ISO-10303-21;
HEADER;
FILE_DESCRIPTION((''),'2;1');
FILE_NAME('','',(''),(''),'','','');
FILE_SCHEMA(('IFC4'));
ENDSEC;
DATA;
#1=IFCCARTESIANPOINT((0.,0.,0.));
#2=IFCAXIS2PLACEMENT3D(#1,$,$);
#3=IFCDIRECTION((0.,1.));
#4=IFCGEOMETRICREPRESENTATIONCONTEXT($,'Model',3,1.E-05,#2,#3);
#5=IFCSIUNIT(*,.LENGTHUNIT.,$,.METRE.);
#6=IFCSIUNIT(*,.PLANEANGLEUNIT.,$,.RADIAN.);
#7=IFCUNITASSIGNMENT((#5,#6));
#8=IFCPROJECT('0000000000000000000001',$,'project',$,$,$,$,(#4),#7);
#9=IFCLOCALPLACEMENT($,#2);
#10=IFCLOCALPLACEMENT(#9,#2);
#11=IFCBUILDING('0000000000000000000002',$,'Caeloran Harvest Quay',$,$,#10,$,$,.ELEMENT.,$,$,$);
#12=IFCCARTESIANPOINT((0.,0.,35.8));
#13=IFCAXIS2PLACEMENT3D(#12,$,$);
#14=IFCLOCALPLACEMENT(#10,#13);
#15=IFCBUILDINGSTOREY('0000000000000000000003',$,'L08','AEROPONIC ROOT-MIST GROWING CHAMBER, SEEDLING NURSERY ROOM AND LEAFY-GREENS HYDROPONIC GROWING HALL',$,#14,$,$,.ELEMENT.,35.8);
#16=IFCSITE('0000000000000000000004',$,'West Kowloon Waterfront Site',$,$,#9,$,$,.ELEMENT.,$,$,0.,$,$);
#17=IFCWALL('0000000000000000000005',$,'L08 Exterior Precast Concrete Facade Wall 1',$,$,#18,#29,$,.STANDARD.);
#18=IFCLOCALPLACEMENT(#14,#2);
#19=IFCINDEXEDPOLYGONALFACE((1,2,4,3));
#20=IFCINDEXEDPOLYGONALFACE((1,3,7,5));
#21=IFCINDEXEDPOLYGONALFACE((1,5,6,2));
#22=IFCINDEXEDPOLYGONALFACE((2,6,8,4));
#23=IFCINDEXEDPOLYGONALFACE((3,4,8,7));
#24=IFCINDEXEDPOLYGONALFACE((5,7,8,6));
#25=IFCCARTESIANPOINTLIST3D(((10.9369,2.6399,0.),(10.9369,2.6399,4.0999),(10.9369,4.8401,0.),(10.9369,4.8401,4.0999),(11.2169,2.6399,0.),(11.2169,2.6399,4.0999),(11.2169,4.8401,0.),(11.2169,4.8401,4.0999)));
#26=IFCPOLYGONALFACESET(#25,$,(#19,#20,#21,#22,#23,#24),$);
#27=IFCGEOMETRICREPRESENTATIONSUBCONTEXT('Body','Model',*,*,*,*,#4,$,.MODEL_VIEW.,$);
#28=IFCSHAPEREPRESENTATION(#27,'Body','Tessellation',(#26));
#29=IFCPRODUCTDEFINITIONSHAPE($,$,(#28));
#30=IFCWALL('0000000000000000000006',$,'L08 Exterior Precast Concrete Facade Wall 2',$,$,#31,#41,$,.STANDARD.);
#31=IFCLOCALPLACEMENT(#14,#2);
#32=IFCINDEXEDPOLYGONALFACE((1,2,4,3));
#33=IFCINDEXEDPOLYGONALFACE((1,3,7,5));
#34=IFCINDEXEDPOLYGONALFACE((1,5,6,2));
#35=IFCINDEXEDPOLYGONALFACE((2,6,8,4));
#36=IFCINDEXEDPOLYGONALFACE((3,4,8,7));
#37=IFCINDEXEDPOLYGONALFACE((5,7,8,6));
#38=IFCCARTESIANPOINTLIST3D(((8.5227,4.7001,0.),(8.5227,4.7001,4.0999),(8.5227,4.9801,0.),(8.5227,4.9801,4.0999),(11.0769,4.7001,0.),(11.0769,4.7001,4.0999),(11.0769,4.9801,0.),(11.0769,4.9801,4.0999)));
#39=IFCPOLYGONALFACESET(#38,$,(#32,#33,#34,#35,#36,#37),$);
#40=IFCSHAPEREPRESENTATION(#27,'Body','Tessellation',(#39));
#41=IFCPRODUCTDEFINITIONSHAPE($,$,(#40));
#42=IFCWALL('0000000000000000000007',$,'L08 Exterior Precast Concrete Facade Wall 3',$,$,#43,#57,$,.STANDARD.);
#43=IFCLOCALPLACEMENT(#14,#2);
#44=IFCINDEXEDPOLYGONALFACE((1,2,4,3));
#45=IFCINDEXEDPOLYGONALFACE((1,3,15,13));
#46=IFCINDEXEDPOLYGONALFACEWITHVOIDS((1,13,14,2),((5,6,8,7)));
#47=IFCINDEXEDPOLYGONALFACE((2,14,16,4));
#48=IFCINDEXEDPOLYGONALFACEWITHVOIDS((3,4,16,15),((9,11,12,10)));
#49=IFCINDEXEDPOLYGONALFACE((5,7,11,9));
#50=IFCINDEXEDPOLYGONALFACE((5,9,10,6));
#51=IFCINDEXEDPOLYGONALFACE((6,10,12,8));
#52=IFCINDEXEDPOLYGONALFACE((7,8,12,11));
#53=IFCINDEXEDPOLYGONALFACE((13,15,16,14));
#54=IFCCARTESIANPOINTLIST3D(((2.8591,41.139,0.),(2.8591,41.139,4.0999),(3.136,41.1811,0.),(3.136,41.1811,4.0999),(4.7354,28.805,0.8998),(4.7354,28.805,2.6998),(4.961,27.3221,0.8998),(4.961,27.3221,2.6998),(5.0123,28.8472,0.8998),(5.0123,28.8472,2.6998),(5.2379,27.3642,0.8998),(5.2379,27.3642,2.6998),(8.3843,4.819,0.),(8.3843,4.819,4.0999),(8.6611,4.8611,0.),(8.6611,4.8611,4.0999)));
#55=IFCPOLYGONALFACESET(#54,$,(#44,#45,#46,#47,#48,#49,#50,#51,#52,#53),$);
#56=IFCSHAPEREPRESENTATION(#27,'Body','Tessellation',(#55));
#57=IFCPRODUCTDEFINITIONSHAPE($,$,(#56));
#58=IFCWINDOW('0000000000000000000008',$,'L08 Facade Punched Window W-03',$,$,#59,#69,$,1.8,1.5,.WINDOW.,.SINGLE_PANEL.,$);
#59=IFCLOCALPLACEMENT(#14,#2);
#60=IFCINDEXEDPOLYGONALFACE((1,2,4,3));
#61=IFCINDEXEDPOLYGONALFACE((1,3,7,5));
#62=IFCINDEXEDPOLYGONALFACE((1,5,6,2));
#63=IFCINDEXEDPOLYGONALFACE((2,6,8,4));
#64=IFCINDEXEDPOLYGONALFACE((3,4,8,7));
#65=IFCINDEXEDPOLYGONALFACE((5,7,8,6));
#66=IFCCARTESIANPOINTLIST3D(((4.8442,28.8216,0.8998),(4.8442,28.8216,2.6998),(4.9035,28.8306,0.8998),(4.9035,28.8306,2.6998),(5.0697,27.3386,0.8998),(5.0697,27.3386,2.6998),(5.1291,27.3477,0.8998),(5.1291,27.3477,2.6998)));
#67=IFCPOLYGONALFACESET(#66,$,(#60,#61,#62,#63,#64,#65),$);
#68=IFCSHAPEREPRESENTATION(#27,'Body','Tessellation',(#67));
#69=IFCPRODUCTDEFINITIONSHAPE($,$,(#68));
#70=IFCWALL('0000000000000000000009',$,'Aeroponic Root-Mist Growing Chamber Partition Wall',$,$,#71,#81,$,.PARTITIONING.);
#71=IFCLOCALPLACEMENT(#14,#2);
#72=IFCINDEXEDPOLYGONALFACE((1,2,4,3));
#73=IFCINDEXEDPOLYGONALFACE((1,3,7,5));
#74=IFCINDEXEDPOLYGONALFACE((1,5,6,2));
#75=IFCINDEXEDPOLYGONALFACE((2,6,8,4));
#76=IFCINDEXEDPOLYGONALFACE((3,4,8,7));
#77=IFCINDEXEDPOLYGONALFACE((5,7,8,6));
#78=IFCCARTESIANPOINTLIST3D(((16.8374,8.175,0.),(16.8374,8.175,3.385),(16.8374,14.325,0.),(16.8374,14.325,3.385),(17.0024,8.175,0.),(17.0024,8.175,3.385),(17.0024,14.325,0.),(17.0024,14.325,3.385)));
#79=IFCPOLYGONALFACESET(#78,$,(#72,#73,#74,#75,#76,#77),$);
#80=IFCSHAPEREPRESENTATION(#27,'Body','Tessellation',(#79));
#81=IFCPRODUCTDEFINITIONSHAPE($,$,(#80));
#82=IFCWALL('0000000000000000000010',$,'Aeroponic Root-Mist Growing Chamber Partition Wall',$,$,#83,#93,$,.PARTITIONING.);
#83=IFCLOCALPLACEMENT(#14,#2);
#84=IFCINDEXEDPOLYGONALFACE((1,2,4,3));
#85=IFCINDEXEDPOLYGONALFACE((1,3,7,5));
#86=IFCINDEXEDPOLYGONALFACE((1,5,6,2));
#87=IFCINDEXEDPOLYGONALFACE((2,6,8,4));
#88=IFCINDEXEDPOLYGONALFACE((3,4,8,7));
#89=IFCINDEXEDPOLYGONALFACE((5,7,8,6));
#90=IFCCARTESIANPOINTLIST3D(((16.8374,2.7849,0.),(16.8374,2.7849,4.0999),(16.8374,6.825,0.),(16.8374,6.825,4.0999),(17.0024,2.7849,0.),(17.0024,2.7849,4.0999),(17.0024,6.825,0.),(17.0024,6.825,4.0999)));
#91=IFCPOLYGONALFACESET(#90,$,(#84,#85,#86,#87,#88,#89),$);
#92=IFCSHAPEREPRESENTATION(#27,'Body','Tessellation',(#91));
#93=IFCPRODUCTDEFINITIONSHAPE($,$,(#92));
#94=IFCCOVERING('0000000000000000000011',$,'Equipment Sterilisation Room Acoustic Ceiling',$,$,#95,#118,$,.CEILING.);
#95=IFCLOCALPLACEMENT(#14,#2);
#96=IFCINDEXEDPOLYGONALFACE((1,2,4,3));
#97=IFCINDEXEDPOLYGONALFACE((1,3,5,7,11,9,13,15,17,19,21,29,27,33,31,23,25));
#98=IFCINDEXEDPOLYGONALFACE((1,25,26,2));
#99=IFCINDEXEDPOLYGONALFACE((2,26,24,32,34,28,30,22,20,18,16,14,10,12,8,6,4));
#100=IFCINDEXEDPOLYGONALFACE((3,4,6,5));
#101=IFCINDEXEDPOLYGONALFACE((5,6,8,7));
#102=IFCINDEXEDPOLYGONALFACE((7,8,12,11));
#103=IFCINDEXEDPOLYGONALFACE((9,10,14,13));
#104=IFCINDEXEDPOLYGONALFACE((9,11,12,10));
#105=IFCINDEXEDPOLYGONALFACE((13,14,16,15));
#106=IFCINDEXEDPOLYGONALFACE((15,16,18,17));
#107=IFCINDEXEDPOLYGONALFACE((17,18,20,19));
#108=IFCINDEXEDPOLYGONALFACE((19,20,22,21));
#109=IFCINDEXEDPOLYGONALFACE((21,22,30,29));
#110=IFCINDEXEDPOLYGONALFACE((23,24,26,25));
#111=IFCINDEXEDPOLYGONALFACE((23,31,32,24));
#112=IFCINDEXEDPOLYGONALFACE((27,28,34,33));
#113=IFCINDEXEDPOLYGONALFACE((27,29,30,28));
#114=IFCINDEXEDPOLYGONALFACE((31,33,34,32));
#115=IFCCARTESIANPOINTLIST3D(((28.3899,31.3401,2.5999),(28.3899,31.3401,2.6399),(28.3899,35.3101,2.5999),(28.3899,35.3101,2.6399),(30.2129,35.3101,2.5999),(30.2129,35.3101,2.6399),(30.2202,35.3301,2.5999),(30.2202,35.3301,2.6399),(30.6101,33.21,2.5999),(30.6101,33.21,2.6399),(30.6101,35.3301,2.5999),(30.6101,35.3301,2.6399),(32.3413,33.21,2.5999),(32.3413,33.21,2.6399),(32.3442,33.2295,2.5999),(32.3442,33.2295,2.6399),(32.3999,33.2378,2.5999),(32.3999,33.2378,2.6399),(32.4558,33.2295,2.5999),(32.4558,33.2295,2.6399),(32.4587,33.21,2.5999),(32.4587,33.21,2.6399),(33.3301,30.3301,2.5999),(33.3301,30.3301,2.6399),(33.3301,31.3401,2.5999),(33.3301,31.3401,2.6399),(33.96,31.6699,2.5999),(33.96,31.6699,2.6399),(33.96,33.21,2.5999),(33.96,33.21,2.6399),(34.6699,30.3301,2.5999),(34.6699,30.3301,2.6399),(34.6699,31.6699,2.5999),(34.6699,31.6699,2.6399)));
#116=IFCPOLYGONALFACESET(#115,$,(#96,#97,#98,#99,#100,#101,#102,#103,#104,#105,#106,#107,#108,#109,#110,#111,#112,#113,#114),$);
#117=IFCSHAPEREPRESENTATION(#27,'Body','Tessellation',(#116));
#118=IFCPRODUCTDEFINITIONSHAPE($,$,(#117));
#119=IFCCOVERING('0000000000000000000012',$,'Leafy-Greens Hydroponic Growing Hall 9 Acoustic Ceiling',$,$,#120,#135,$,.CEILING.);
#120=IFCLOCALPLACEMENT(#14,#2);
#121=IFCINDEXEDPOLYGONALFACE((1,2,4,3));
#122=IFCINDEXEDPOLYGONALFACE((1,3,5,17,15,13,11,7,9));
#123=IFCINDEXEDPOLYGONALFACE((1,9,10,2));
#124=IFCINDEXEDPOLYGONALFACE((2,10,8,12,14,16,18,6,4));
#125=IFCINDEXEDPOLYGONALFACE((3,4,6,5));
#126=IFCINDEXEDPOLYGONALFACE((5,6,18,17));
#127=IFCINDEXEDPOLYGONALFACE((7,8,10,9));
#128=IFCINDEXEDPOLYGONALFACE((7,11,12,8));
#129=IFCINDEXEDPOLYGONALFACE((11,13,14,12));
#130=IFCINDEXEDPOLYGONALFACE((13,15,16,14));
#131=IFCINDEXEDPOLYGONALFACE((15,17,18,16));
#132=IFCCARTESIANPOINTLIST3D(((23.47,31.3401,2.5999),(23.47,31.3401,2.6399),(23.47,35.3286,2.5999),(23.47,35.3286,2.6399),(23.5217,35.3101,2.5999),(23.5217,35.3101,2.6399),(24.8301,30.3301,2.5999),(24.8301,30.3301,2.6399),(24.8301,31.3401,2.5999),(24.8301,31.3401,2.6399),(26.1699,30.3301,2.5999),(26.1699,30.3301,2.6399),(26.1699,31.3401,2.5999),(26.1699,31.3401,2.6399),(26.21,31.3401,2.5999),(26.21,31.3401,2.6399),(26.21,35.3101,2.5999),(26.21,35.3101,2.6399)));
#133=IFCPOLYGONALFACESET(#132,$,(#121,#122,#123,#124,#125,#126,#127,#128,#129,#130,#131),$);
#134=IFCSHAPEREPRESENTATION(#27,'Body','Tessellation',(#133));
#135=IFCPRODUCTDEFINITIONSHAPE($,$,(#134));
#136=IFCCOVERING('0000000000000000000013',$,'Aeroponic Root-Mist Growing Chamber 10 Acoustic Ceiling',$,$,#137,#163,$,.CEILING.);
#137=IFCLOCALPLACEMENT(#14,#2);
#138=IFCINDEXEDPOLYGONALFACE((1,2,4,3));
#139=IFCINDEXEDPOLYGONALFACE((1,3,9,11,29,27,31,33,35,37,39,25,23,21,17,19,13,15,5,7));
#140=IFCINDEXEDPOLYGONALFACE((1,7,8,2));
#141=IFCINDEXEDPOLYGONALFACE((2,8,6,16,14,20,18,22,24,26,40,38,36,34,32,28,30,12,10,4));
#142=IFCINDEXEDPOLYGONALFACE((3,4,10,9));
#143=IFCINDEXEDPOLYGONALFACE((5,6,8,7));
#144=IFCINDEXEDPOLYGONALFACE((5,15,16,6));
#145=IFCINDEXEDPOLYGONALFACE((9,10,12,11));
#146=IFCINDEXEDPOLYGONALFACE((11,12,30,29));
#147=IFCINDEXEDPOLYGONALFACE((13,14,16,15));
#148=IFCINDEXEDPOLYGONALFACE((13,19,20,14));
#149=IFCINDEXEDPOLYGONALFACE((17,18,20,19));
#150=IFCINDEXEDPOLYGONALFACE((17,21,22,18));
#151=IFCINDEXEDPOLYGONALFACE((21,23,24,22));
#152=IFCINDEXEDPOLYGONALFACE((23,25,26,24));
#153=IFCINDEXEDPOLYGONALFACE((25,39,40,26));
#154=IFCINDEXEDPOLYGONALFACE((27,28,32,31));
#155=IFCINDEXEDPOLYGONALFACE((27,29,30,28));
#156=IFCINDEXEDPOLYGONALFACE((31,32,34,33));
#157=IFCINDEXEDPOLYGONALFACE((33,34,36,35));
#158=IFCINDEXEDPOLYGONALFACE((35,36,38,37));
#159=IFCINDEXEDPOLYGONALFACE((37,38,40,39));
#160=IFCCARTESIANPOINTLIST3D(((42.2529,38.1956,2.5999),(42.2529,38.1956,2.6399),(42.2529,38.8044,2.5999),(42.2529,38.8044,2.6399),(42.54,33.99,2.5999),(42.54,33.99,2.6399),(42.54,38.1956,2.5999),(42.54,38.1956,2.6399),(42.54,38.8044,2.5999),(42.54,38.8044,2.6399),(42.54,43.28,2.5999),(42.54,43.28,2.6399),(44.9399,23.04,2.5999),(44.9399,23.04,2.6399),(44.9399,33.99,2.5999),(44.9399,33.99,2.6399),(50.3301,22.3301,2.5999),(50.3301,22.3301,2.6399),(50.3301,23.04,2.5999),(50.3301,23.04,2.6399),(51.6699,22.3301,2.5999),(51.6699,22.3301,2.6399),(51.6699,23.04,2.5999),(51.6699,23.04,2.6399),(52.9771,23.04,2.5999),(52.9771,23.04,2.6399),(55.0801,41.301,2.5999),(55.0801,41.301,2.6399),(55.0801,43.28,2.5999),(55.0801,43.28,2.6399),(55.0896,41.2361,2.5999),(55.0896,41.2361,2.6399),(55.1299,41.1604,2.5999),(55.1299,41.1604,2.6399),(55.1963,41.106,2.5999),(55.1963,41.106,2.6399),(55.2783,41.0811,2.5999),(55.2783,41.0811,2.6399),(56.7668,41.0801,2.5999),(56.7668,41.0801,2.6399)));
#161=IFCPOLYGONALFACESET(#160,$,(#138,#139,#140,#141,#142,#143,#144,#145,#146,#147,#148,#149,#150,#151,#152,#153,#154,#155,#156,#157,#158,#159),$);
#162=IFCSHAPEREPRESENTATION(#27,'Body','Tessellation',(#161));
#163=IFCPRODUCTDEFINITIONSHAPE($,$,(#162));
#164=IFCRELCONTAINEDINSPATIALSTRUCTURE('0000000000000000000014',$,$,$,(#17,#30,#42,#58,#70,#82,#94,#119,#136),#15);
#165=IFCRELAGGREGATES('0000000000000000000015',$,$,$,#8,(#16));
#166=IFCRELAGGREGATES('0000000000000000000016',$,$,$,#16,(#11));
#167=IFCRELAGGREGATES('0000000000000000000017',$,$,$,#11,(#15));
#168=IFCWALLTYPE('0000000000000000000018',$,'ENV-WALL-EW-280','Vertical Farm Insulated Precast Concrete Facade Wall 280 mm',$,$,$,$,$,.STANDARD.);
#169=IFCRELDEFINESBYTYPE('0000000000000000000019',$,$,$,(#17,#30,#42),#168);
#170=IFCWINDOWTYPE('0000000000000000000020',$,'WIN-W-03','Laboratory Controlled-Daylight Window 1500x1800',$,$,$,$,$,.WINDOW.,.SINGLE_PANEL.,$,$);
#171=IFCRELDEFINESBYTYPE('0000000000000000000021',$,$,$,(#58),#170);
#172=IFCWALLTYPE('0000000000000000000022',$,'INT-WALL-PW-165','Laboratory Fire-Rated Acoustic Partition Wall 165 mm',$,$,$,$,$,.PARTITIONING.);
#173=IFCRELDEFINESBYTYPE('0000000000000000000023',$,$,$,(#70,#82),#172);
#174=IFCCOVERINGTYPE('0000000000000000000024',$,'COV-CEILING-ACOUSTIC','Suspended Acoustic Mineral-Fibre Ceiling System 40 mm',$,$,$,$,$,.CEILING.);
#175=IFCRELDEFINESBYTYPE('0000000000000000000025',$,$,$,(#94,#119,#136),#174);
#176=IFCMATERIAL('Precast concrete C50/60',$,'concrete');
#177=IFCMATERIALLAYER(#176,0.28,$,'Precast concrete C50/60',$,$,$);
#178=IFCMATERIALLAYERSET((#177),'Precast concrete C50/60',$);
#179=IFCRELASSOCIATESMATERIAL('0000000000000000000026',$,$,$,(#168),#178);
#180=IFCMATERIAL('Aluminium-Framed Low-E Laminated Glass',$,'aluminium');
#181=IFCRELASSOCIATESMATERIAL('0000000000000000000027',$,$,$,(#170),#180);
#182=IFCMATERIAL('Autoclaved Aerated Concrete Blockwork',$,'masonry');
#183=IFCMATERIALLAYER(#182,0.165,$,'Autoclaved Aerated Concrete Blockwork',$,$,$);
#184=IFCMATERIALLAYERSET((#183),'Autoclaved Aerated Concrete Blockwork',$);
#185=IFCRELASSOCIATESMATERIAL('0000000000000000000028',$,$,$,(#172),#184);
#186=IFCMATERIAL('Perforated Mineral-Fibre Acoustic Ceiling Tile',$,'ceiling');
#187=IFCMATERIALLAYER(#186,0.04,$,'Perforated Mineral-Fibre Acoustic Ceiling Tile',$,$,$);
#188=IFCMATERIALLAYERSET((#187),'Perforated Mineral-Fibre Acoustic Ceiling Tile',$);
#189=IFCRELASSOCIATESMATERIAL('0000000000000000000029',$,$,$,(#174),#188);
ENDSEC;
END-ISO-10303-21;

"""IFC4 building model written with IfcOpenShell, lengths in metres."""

from ifc_helpers import new_model, si_unit, direction, frame, frame_2d, origin, place, context, subcontext, project, spatial, polyline, rectangle, outline, extrude, material, layer, layer_set, type_object, element, fill, save


model = new_model("IFC4")

# Units and contexts
model_context = context("Model", 3, precision=1e-05, world=origin(), true_north=direction((0.0, 1.0)))
body_context = subcontext(model_context, "Body", "Model", "MODEL_VIEW")
ifc_project = project(units=[si_unit("LENGTHUNIT", "METRE"), si_unit("PLANEANGLEUNIT", "RADIAN")], contexts=[model_context])

# Site, building, storey
site_placement = place(None, origin())
site = spatial("IfcSite", under=ifc_project, at=site_placement, Name="West Kowloon Waterfront Site", CompositionType="ELEMENT", RefElevation=0.0)
building_placement = place(site_placement, origin())
building = spatial("IfcBuilding", under=site, at=building_placement, Name="Caeloran Harvest Quay", CompositionType="ELEMENT")
storey_placement = place(building_placement, frame((0.0, 0.0, 35.8)))
storey = spatial("IfcBuildingStorey", under=building, at=storey_placement, Name="L08", Description="AEROPONIC ROOT-MIST GROWING CHAMBER, SEEDLING NURSERY ROOM AND LEAFY-GREENS HYDROPONIC GROWING HALL", CompositionType="ELEMENT", Elevation=35.8)

# Walls
ifc_material_1 = material(Name="Precast concrete C50/60", Category="concrete")
ifc_layer_1 = layer(ifc_material_1, 0.28, Name="Precast concrete C50/60")
ifc_layer_set_1 = layer_set([ifc_layer_1], Name="Precast concrete C50/60")
wall_type_1 = type_object("IfcWallType", Name="ENV-WALL-EW-280", Description="Vertical Farm Insulated Precast Concrete Facade Wall 280 mm", PredefinedType="STANDARD", material=ifc_layer_set_1)
wall_1_placement = place(storey_placement, frame((11.0769, 2.6399, 0.0), z_axis=(0.0, 0.0, 1.0), x_axis=(0.0, 1.0, 0.0)))
element("IfcWall", 1, at=wall_1_placement, inside=storey, type_object=wall_type_1, Name="L08 Exterior Precast Concrete Facade Wall 1", PredefinedType="STANDARD", context=body_context, shape_type="SweptSolid", body=[
    extrude(rectangle(XDim=2.2002, YDim=0.28, at=frame_2d((1.1001, 0.0))), origin(), (0.0, 0.0, 1.0), 4.0999),
])
wall_2_placement = place(storey_placement, frame((11.0769, 4.8401, 0.0), z_axis=(0.0, 0.0, 1.0), x_axis=(-1.0, 0.0, 0.0)))
element("IfcWall", 2, at=wall_2_placement, inside=storey, type_object=wall_type_1, Name="L08 Exterior Precast Concrete Facade Wall 2", PredefinedType="STANDARD", context=body_context, shape_type="SweptSolid", body=[
    extrude(rectangle(XDim=2.5542, YDim=0.28, at=frame_2d((1.2771, 0.0))), origin(), (0.0, 0.0, 1.0), 4.0999),
])

# Wall, opening, window
wall_3_placement = place(storey_placement, frame((8.5227, 4.8401, 0.0), z_axis=(0.0, 0.0, 1.0), x_axis=(-0.150395, 0.988626, 0.0)))
wall_3 = element("IfcWall", 3, at=wall_3_placement, inside=storey, type_object=wall_type_1, Name="L08 Exterior Precast Concrete Facade Wall 3", PredefinedType="STANDARD", context=body_context, shape_type="SweptSolid", body=[
    extrude(rectangle(XDim=36.7378, YDim=0.28, at=frame_2d((18.3689, 0.0))), origin(), (0.0, 0.0, 1.0), 4.0999),
])
opening_placement = place(wall_3_placement, frame((22.762, 0.0, 0.8999)))
opening = element("IfcOpeningElement", 4, at=opening_placement, cuts=wall_3, PredefinedType="OPENING", context=body_context, shape_type="SweptSolid", body=[
    extrude(rectangle(XDim=1.5, YDim=1.8, at=frame_2d((0.75, 0.8999))), frame((0.0, 0.1499, 0.0), z_axis=(0.0, -1.0, 0.0), x_axis=(1.0, 0.0, 0.0)), (0.0, 0.0, 1.0), 0.3),
])
ifc_material_2 = material(Name="Aluminium-Framed Low-E Laminated Glass", Category="aluminium")
window_type = type_object("IfcWindowType", Name="WIN-W-03", Description="Laboratory Controlled-Daylight Window 1500x1800", PartitioningType="SINGLE_PANEL", PredefinedType="WINDOW", material=ifc_material_2)
window_placement = place(opening_placement, origin())
window = element("IfcWindow", 5, at=window_placement, inside=storey, type_object=window_type, Name="L08 Facade Punched Window W-03", OverallHeight=1.8, OverallWidth=1.5, PartitioningType="SINGLE_PANEL", PredefinedType="WINDOW", context=body_context, shape_type="SweptSolid", body=[
    extrude(rectangle(XDim=1.5, YDim=1.8, at=frame_2d((0.75, 0.8999))), frame((0.0, 0.03, 0.0), z_axis=(0.0, -1.0, 0.0), x_axis=(1.0, 0.0, 0.0)), (0.0, 0.0, 1.0), 0.0601),
])
fill(opening, window)

# Walls
ifc_material_3 = material(Name="Autoclaved Aerated Concrete Blockwork", Category="masonry")
ifc_layer_2 = layer(ifc_material_3, 0.165, Name="Autoclaved Aerated Concrete Blockwork")
ifc_layer_set_2 = layer_set([ifc_layer_2], Name="Autoclaved Aerated Concrete Blockwork")
wall_type_2 = type_object("IfcWallType", Name="INT-WALL-PW-165", Description="Laboratory Fire-Rated Acoustic Partition Wall 165 mm", PredefinedType="PARTITIONING", material=ifc_layer_set_2)
wall_4_placement = place(storey_placement, frame((16.9199, 14.325, 0.0), z_axis=(0.0, 0.0, 1.0), x_axis=(0.0, -1.0, 0.0)))
element("IfcWall", 6, at=wall_4_placement, inside=storey, type_object=wall_type_2, Name="Aeroponic Root-Mist Growing Chamber Partition Wall", PredefinedType="PARTITIONING", context=body_context, shape_type="SweptSolid", body=[
    extrude(rectangle(XDim=6.1499, YDim=0.165, at=frame_2d((3.075, 0.0))), origin(), (0.0, 0.0, 1.0), 3.385),
])
wall_5_placement = place(storey_placement, frame((16.9199, 6.825, 0.0), z_axis=(0.0, 0.0, 1.0), x_axis=(0.0, -1.0, 0.0)))
element("IfcWall", 7, at=wall_5_placement, inside=storey, type_object=wall_type_2, Name="Aeroponic Root-Mist Growing Chamber Partition Wall", PredefinedType="PARTITIONING", context=body_context, shape_type="SweptSolid", body=[
    extrude(rectangle(XDim=4.04, YDim=0.165, at=frame_2d((2.02, 0.0))), origin(), (0.0, 0.0, 1.0), 4.0999),
])

# Coverings
ifc_material_4 = material(Name="Perforated Mineral-Fibre Acoustic Ceiling Tile", Category="ceiling")
ifc_layer_3 = layer(ifc_material_4, 0.04, Name="Perforated Mineral-Fibre Acoustic Ceiling Tile")
ifc_layer_set_3 = layer_set([ifc_layer_3], Name="Perforated Mineral-Fibre Acoustic Ceiling Tile")
covering_type_1 = type_object("IfcCoveringType", Name="COV-CEILING-ACOUSTIC", Description="Suspended Acoustic Mineral-Fibre Ceiling System 40 mm", PredefinedType="CEILING", material=ifc_layer_set_3)
covering_1_placement = place(storey_placement, frame((0.0, 0.0, 2.5999)))
element("IfcCovering", 8, at=covering_1_placement, inside=storey, type_object=covering_type_1, Name="Equipment Sterilisation Room Acoustic Ceiling", PredefinedType="CEILING", context=body_context, shape_type="SweptSolid", body=[
    extrude(outline(polyline([(34.6699, 31.6699), (34.6699, 30.3301), (33.3301, 30.3301), (33.3301, 31.3401), (28.3899, 31.3401), (28.3899, 35.3101), (30.2129, 35.3101), (30.2202, 35.3301), (30.6101, 35.3301), (30.6101, 33.21), (32.3413, 33.21), (32.3442, 33.2295), (32.3999, 33.2378), (32.4558, 33.2295), (32.4587, 33.21), (33.96, 33.21), (33.96, 31.6699), (34.6699, 31.6699)])), origin(), (0.0, 0.0, 1.0), 0.04),
])
covering_2_placement = place(storey_placement, frame((0.0, 0.0, 2.5999)))
element("IfcCovering", 9, at=covering_2_placement, inside=storey, type_object=covering_type_1, Name="Leafy-Greens Hydroponic Growing Hall 9 Acoustic Ceiling", PredefinedType="CEILING", context=body_context, shape_type="SweptSolid", body=[
    extrude(outline(polyline([(26.1699, 30.3301), (24.8301, 30.3301), (24.8301, 31.3401), (23.47, 31.3401), (23.47, 35.3286), (23.5217, 35.3101), (26.21, 35.3101), (26.21, 31.3401), (26.1699, 31.3401), (26.1699, 30.3301)])), origin(), (0.0, 0.0, 1.0), 0.04),
])
covering_3_placement = place(storey_placement, frame((0.0, 0.0, 2.5999)))
element("IfcCovering", 10, at=covering_3_placement, inside=storey, type_object=covering_type_1, Name="Aeroponic Root-Mist Growing Chamber 10 Acoustic Ceiling", PredefinedType="CEILING", context=body_context, shape_type="SweptSolid", body=[
    extrude(outline(polyline([(50.3301, 23.04), (44.9399, 23.04), (44.9399, 33.99), (42.54, 33.99), (42.54, 38.1956), (42.2529, 38.1956), (42.2529, 38.8044), (42.54, 38.8044), (42.54, 43.28), (55.0801, 43.28), (55.0801, 41.301), (55.0896, 41.2361), (55.1299, 41.1604), (55.1963, 41.106), (55.2783, 41.0811), (56.7668, 41.0801), (52.9771, 23.04), (51.6699, 23.04), (51.6699, 22.3301), (50.3301, 22.3301), (50.3301, 23.04)])), origin(), (0.0, 0.0, 1.0), 0.04),
])

save(model, "model.ifc")
